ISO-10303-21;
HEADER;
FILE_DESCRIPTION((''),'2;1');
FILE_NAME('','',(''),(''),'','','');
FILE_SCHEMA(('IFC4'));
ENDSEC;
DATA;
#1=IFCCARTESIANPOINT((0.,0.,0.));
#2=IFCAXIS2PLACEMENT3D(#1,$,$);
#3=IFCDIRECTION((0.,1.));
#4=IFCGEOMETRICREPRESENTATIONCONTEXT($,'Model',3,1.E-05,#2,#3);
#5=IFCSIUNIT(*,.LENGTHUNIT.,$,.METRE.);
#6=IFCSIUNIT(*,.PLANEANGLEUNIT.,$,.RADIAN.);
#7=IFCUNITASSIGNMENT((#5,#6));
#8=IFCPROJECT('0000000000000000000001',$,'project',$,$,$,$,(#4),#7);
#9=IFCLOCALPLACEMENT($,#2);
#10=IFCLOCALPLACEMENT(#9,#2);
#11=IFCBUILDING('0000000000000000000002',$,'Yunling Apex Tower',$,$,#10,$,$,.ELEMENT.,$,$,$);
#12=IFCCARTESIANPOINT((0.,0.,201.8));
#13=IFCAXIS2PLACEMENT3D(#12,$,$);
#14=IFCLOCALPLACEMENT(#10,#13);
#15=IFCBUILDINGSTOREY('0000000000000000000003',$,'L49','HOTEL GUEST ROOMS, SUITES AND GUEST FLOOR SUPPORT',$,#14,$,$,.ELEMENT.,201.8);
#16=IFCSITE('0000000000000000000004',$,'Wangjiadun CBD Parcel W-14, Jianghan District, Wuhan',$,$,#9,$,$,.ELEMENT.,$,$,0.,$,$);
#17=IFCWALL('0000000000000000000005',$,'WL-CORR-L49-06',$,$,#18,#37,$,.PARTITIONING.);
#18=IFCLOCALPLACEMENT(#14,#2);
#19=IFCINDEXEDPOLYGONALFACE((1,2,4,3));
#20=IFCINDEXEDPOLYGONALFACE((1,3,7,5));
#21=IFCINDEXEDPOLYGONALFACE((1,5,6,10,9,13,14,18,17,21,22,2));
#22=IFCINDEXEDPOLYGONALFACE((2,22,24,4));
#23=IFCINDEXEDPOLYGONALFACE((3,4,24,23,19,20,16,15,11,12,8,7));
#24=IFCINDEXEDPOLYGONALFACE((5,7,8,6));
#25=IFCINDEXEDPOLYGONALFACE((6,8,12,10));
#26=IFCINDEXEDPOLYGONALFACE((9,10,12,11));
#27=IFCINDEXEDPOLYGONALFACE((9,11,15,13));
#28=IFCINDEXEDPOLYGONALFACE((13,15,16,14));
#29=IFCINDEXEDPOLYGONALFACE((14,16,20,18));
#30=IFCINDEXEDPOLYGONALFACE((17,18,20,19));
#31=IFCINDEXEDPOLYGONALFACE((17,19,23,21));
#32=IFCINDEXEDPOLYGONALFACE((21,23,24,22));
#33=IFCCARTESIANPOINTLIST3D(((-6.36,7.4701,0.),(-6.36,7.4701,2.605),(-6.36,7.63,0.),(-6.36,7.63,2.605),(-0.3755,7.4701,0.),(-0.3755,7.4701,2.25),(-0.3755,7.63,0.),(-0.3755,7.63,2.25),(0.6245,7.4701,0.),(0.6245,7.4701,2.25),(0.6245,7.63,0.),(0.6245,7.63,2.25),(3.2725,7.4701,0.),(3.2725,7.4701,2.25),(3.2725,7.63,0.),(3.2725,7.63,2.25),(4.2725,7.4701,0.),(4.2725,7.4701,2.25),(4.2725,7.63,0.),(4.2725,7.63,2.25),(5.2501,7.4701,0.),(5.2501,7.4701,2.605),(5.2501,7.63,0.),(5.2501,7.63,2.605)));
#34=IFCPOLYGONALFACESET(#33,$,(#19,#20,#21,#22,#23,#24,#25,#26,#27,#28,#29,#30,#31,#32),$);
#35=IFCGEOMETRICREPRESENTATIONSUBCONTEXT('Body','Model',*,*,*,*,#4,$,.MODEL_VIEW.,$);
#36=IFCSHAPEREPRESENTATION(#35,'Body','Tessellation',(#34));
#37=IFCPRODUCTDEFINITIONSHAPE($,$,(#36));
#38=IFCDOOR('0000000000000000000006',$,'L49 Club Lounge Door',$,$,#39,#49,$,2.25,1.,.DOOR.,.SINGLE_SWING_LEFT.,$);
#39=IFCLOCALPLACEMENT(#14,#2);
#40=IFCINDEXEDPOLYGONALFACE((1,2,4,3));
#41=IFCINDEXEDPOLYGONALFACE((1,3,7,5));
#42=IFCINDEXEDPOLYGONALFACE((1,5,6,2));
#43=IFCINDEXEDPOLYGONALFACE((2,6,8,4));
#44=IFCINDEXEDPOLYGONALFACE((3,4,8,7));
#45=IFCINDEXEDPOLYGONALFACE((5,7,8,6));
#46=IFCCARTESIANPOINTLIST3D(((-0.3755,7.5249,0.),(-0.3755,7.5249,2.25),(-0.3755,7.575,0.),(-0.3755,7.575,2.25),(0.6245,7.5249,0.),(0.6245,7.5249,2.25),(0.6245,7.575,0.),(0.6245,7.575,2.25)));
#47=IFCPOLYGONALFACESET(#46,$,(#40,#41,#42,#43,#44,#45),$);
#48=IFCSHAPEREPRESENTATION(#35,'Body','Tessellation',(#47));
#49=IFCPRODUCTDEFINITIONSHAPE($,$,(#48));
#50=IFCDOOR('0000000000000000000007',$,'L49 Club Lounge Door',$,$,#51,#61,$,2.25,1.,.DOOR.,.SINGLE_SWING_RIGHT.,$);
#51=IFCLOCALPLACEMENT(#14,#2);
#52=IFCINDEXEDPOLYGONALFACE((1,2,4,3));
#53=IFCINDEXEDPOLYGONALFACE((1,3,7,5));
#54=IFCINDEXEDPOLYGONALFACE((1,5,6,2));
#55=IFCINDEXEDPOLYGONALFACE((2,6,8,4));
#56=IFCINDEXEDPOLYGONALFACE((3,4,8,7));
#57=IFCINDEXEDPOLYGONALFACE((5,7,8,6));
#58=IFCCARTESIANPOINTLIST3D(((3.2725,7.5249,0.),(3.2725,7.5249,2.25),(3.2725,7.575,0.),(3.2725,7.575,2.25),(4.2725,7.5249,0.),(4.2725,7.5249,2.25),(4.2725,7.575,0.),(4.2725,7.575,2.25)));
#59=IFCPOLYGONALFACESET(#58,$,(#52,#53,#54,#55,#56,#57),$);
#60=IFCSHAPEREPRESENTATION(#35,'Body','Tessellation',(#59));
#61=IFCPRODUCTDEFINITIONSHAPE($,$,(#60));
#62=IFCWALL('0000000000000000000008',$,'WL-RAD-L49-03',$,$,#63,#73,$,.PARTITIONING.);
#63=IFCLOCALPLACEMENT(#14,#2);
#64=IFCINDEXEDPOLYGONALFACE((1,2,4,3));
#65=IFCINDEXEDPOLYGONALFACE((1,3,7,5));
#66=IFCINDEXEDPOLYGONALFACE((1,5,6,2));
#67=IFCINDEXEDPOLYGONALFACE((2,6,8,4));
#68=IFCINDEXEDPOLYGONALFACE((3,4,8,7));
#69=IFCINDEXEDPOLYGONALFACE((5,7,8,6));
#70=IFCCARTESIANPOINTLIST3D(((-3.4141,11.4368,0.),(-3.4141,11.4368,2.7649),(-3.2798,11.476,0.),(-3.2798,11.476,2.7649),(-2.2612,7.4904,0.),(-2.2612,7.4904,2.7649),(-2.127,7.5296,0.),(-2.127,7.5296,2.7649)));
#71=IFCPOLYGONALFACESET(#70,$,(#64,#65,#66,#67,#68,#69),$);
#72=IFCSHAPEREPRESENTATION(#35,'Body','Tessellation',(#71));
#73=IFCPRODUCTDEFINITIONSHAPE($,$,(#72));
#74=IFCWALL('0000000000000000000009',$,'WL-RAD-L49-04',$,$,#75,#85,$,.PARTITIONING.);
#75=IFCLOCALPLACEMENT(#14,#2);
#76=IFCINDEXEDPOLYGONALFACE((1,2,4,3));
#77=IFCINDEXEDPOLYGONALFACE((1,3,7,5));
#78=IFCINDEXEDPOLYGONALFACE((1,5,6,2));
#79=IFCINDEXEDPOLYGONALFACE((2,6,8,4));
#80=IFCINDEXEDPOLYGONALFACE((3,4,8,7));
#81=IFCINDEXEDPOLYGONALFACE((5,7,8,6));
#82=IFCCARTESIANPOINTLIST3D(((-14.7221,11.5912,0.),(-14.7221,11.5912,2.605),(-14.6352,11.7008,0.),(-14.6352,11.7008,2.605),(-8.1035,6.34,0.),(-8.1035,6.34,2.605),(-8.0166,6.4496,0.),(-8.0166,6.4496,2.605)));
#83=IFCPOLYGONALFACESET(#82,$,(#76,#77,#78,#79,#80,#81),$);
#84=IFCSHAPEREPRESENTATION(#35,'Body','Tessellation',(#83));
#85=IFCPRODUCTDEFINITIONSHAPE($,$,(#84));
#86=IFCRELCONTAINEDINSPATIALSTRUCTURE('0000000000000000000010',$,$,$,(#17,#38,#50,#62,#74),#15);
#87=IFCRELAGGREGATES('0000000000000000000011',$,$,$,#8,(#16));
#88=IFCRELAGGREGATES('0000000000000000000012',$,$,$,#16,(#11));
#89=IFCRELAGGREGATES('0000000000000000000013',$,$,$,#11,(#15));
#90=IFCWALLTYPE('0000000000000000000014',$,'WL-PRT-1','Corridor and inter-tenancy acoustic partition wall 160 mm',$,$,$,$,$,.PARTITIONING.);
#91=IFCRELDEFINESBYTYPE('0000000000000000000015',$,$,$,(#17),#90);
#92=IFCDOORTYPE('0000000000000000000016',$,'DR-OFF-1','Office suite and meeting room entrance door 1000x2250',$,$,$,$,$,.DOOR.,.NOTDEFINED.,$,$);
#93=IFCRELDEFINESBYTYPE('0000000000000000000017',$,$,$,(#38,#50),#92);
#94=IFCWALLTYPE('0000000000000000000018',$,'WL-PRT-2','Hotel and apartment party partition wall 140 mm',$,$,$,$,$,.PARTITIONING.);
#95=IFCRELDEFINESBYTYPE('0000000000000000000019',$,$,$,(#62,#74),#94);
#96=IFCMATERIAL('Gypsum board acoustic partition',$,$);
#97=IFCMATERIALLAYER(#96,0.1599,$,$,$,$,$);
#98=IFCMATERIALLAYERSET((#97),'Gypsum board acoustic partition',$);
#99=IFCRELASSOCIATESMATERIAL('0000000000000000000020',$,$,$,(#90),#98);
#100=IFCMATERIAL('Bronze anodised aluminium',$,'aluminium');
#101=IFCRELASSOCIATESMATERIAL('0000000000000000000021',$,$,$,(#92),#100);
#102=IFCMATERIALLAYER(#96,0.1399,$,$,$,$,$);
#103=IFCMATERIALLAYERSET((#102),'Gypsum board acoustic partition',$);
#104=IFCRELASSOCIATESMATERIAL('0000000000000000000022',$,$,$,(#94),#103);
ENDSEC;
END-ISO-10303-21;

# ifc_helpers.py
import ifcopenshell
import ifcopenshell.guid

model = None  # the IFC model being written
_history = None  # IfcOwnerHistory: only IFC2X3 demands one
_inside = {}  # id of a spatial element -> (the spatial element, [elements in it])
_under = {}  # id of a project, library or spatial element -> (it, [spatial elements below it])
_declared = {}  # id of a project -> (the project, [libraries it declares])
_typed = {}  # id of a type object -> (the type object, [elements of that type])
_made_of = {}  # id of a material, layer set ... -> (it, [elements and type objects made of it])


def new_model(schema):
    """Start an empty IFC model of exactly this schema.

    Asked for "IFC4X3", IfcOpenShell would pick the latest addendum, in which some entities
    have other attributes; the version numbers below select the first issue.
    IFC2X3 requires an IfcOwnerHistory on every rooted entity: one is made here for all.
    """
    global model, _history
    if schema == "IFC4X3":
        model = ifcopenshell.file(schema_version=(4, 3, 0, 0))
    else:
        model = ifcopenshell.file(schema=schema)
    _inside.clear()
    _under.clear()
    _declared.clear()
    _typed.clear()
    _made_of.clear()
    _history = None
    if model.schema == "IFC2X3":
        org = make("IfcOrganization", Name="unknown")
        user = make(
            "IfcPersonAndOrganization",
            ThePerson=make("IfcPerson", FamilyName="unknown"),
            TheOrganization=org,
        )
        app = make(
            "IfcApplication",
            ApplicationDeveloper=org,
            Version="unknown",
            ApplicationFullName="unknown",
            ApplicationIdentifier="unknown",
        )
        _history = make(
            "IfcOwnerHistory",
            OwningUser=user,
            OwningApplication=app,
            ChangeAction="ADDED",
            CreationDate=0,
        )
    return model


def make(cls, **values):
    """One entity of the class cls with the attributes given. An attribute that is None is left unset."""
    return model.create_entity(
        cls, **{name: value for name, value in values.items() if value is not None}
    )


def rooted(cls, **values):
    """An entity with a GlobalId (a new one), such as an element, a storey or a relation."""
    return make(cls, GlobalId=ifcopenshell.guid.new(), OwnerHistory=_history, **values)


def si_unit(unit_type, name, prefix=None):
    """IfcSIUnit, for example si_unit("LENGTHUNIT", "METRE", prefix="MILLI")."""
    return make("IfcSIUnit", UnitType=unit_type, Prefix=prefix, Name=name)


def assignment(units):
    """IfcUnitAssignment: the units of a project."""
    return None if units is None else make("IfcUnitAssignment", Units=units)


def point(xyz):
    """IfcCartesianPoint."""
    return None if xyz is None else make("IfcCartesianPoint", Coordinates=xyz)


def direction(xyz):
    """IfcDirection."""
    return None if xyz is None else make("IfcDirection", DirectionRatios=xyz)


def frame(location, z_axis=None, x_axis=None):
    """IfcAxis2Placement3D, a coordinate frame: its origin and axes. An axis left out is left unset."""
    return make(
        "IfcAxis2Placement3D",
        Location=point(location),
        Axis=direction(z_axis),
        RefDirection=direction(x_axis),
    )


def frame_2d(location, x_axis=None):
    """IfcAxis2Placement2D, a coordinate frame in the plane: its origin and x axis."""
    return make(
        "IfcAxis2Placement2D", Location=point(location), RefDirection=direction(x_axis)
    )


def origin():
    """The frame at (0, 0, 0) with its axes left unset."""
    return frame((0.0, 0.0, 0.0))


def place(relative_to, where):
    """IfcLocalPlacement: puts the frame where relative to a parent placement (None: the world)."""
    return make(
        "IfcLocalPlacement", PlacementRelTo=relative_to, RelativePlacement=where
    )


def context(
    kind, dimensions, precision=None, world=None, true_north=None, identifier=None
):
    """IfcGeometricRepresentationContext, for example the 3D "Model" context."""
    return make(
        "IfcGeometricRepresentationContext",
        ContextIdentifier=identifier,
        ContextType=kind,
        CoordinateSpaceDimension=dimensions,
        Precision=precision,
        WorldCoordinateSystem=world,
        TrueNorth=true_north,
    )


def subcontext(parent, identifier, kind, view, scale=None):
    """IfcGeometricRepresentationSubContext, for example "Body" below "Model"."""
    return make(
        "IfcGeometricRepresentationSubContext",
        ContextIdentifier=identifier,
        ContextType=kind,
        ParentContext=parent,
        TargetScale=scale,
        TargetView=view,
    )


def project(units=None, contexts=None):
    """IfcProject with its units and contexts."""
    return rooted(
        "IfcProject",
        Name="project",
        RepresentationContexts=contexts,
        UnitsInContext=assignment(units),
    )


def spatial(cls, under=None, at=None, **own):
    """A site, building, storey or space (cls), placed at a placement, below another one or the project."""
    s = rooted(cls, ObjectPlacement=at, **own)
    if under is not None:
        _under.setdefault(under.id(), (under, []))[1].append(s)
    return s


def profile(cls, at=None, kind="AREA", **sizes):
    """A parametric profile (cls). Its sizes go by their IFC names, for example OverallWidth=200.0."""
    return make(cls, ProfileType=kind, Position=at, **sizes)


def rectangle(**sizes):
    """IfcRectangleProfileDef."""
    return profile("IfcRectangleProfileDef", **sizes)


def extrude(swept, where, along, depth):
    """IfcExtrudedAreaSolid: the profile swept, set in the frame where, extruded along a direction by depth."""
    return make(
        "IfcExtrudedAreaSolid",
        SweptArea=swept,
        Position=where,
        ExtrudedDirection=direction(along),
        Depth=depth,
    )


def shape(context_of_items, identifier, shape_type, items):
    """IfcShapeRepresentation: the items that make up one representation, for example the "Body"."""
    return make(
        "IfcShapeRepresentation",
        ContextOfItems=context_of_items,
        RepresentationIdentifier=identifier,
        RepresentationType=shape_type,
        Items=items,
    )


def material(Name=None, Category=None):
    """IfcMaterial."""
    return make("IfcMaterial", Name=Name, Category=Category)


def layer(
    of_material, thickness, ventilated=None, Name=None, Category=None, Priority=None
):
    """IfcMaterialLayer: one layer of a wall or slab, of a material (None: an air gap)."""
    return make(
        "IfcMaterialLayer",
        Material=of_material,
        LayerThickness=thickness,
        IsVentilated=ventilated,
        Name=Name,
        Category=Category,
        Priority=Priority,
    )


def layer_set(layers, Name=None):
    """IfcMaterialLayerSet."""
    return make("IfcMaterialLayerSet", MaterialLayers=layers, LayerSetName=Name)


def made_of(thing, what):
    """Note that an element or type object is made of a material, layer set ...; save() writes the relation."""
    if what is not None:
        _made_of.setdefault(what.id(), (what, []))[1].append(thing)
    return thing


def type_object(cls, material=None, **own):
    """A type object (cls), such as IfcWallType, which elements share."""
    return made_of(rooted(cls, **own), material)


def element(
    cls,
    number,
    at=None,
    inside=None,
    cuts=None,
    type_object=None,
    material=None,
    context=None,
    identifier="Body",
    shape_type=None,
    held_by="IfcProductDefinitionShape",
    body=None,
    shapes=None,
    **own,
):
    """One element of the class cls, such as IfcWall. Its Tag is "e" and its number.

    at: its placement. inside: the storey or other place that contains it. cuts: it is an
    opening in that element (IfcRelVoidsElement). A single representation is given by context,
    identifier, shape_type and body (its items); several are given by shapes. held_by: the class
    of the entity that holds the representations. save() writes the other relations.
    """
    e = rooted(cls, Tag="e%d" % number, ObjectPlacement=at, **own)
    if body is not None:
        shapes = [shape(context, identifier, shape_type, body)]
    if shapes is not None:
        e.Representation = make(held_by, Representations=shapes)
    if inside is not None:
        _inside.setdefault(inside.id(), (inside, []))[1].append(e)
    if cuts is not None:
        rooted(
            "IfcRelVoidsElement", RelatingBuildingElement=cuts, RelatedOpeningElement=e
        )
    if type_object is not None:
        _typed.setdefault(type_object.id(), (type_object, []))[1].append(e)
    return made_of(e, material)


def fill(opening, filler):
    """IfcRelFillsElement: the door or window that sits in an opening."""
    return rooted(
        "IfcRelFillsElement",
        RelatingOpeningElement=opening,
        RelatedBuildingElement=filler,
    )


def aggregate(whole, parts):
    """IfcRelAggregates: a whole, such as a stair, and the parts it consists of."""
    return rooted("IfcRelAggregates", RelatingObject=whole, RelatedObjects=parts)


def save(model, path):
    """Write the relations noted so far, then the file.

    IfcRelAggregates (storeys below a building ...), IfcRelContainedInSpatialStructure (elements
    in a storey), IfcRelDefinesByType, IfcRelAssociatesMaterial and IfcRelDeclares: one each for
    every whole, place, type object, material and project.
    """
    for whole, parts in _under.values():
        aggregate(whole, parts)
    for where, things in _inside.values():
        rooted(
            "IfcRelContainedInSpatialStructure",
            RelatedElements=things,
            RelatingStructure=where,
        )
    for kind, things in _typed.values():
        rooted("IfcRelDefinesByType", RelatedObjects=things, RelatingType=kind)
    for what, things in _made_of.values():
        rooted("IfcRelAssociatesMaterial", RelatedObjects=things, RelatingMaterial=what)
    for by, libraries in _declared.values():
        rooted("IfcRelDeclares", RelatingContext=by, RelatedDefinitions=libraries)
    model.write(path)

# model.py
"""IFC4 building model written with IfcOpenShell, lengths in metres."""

from ifc_helpers import new_model, si_unit, direction, frame, frame_2d, origin, place, context, subcontext, project, spatial, rectangle, extrude, material, layer, layer_set, type_object, element, fill, save


model = new_model("IFC4")

# Units and contexts
model_context = context("Model", 3, precision=1e-05, world=origin(), true_north=direction((0.0, 1.0)))
body_context = subcontext(model_context, "Body", "Model", "MODEL_VIEW")
ifc_project = project(units=[si_unit("LENGTHUNIT", "METRE"), si_unit("PLANEANGLEUNIT", "RADIAN")], contexts=[model_context])

# Site, building, storey
site_placement = place(None, origin())
site = spatial("IfcSite", under=ifc_project, at=site_placement, Name="Wangjiadun CBD Parcel W-14, Jianghan District, Wuhan", CompositionType="ELEMENT", RefElevation=0.0)
building_placement = place(site_placement, origin())
building = spatial("IfcBuilding", under=site, at=building_placement, Name="Yunling Apex Tower", CompositionType="ELEMENT")
storey_placement = place(building_placement, frame((0.0, 0.0, 201.8)))
storey = spatial("IfcBuildingStorey", under=building, at=storey_placement, Name="L49", Description="HOTEL GUEST ROOMS, SUITES AND GUEST FLOOR SUPPORT", CompositionType="ELEMENT", Elevation=201.8)

# Shared definitions
ifc_material_1 = material(Name="Bronze anodised aluminium", Category="aluminium")

# Shared definitions
ifc_material_2 = material(Name="Gypsum board acoustic partition")
ifc_layer_1 = layer(ifc_material_2, 0.1599)
ifc_layer_set_1 = layer_set([ifc_layer_1], Name="Gypsum board acoustic partition")
wall_type_1 = type_object("IfcWallType", Name="WL-PRT-1", Description="Corridor and inter-tenancy acoustic partition wall 160 mm", PredefinedType="PARTITIONING", material=ifc_layer_set_1)
door_type = type_object("IfcDoorType", Name="DR-OFF-1", Description="Office suite and meeting room entrance door 1000x2250", OperationType="NOTDEFINED", PredefinedType="DOOR", material=ifc_material_1)

# Wall, openings, doors
wall_1_placement = place(storey_placement, frame((-6.3601, 7.55, 0.0), z_axis=(0.0, 0.0, 1.0), x_axis=(1.0, 0.0, 0.0)))
wall_1 = element("IfcWall", 1, at=wall_1_placement, inside=storey, type_object=wall_type_1, Name="WL-CORR-L49-06", PredefinedType="PARTITIONING", context=body_context, shape_type="SweptSolid", body=[
    extrude(rectangle(XDim=11.6101, YDim=0.1599, at=frame_2d((5.8052, 0.0))), origin(), (0.0, 0.0, 1.0), 2.605),
])
opening_1_placement = place(wall_1_placement, frame((5.9846, 0.0, 0.0)))
opening_1 = element("IfcOpeningElement", 2, at=opening_1_placement, cuts=wall_1, PredefinedType="OPENING", context=body_context, shape_type="SweptSolid", body=[
    extrude(rectangle(XDim=1.0, YDim=2.25, at=frame_2d((0.5, 1.125))), frame((0.0, 0.0898, 0.0), z_axis=(0.0, -1.0, 0.0), x_axis=(1.0, 0.0, 0.0)), (0.0, 0.0, 1.0), 0.1799),
])
opening_2_placement = place(wall_1_placement, frame((9.6326, 0.0, 0.0)))
opening_2 = element("IfcOpeningElement", 3, at=opening_2_placement, cuts=wall_1, PredefinedType="OPENING", context=body_context, shape_type="SweptSolid", body=[
    extrude(rectangle(XDim=1.0, YDim=2.25, at=frame_2d((0.5, 1.125))), frame((0.0, 0.0898, 0.0), z_axis=(0.0, -1.0, 0.0), x_axis=(1.0, 0.0, 0.0)), (0.0, 0.0, 1.0), 0.1799),
])
door_1_placement = place(opening_1_placement, origin())
door_1 = element("IfcDoor", 4, at=door_1_placement, inside=storey, type_object=door_type, Name="L49 Club Lounge Door", OperationType="SINGLE_SWING_LEFT", OverallHeight=2.25, OverallWidth=1.0, PredefinedType="DOOR", context=body_context, shape_type="SweptSolid", body=[
    extrude(rectangle(XDim=1.0, YDim=2.25, at=frame_2d((0.5, 1.125))), frame((0.0, 0.0249, 0.0), z_axis=(0.0, -1.0, 0.0), x_axis=(1.0, 0.0, 0.0)), (0.0, 0.0, 1.0), 0.05),
])
fill(opening_1, door_1)
door_2_placement = place(opening_2_placement, origin())
door_2 = element("IfcDoor", 5, at=door_2_placement, inside=storey, type_object=door_type, Name="L49 Club Lounge Door", OperationType="SINGLE_SWING_RIGHT", OverallHeight=2.25, OverallWidth=1.0, PredefinedType="DOOR", context=body_context, shape_type="SweptSolid", body=[
    extrude(rectangle(XDim=1.0, YDim=2.25, at=frame_2d((0.5, 1.125))), frame((0.0, 0.0249, 0.0), z_axis=(0.0, -1.0, 0.0), x_axis=(1.0, 0.0, 0.0)), (0.0, 0.0, 1.0), 0.05),
])
fill(opening_2, door_2)

# Walls
ifc_layer_2 = layer(ifc_material_2, 0.1399)
ifc_layer_set_2 = layer_set([ifc_layer_2], Name="Gypsum board acoustic partition")
wall_type_2 = type_object("IfcWallType", Name="WL-PRT-2", Description="Hotel and apartment party partition wall 140 mm", PredefinedType="PARTITIONING", material=ifc_layer_set_2)
wall_2_placement = place(storey_placement, frame((-2.1941, 7.51, 0.0), z_axis=(0.0, 0.0, 1.0), x_axis=(-0.28041, 0.95988, 0.0)))
element("IfcWall", 6, at=wall_2_placement, inside=storey, type_object=wall_type_2, Name="WL-RAD-L49-03", PredefinedType="PARTITIONING", context=body_context, shape_type="SweptSolid", body=[
    extrude(rectangle(XDim=4.1113, YDim=0.1399, at=frame_2d((2.0557, 0.0))), origin(), (0.0, 0.0, 1.0), 2.7649),
])
wall_3_placement = place(storey_placement, frame((-8.0601, 6.3948, 0.0), z_axis=(0.0, 0.0, 1.0), x_axis=(-0.783386, 0.621536, 0.0)))
element("IfcWall", 7, at=wall_3_placement, inside=storey, type_object=wall_type_2, Name="WL-RAD-L49-04", PredefinedType="PARTITIONING", context=body_context, shape_type="SweptSolid", body=[
    extrude(rectangle(XDim=8.4487, YDim=0.1399, at=frame_2d((4.2244, 0.0))), origin(), (0.0, 0.0, 1.0), 2.605),
])

save(model, "model.ifc")
